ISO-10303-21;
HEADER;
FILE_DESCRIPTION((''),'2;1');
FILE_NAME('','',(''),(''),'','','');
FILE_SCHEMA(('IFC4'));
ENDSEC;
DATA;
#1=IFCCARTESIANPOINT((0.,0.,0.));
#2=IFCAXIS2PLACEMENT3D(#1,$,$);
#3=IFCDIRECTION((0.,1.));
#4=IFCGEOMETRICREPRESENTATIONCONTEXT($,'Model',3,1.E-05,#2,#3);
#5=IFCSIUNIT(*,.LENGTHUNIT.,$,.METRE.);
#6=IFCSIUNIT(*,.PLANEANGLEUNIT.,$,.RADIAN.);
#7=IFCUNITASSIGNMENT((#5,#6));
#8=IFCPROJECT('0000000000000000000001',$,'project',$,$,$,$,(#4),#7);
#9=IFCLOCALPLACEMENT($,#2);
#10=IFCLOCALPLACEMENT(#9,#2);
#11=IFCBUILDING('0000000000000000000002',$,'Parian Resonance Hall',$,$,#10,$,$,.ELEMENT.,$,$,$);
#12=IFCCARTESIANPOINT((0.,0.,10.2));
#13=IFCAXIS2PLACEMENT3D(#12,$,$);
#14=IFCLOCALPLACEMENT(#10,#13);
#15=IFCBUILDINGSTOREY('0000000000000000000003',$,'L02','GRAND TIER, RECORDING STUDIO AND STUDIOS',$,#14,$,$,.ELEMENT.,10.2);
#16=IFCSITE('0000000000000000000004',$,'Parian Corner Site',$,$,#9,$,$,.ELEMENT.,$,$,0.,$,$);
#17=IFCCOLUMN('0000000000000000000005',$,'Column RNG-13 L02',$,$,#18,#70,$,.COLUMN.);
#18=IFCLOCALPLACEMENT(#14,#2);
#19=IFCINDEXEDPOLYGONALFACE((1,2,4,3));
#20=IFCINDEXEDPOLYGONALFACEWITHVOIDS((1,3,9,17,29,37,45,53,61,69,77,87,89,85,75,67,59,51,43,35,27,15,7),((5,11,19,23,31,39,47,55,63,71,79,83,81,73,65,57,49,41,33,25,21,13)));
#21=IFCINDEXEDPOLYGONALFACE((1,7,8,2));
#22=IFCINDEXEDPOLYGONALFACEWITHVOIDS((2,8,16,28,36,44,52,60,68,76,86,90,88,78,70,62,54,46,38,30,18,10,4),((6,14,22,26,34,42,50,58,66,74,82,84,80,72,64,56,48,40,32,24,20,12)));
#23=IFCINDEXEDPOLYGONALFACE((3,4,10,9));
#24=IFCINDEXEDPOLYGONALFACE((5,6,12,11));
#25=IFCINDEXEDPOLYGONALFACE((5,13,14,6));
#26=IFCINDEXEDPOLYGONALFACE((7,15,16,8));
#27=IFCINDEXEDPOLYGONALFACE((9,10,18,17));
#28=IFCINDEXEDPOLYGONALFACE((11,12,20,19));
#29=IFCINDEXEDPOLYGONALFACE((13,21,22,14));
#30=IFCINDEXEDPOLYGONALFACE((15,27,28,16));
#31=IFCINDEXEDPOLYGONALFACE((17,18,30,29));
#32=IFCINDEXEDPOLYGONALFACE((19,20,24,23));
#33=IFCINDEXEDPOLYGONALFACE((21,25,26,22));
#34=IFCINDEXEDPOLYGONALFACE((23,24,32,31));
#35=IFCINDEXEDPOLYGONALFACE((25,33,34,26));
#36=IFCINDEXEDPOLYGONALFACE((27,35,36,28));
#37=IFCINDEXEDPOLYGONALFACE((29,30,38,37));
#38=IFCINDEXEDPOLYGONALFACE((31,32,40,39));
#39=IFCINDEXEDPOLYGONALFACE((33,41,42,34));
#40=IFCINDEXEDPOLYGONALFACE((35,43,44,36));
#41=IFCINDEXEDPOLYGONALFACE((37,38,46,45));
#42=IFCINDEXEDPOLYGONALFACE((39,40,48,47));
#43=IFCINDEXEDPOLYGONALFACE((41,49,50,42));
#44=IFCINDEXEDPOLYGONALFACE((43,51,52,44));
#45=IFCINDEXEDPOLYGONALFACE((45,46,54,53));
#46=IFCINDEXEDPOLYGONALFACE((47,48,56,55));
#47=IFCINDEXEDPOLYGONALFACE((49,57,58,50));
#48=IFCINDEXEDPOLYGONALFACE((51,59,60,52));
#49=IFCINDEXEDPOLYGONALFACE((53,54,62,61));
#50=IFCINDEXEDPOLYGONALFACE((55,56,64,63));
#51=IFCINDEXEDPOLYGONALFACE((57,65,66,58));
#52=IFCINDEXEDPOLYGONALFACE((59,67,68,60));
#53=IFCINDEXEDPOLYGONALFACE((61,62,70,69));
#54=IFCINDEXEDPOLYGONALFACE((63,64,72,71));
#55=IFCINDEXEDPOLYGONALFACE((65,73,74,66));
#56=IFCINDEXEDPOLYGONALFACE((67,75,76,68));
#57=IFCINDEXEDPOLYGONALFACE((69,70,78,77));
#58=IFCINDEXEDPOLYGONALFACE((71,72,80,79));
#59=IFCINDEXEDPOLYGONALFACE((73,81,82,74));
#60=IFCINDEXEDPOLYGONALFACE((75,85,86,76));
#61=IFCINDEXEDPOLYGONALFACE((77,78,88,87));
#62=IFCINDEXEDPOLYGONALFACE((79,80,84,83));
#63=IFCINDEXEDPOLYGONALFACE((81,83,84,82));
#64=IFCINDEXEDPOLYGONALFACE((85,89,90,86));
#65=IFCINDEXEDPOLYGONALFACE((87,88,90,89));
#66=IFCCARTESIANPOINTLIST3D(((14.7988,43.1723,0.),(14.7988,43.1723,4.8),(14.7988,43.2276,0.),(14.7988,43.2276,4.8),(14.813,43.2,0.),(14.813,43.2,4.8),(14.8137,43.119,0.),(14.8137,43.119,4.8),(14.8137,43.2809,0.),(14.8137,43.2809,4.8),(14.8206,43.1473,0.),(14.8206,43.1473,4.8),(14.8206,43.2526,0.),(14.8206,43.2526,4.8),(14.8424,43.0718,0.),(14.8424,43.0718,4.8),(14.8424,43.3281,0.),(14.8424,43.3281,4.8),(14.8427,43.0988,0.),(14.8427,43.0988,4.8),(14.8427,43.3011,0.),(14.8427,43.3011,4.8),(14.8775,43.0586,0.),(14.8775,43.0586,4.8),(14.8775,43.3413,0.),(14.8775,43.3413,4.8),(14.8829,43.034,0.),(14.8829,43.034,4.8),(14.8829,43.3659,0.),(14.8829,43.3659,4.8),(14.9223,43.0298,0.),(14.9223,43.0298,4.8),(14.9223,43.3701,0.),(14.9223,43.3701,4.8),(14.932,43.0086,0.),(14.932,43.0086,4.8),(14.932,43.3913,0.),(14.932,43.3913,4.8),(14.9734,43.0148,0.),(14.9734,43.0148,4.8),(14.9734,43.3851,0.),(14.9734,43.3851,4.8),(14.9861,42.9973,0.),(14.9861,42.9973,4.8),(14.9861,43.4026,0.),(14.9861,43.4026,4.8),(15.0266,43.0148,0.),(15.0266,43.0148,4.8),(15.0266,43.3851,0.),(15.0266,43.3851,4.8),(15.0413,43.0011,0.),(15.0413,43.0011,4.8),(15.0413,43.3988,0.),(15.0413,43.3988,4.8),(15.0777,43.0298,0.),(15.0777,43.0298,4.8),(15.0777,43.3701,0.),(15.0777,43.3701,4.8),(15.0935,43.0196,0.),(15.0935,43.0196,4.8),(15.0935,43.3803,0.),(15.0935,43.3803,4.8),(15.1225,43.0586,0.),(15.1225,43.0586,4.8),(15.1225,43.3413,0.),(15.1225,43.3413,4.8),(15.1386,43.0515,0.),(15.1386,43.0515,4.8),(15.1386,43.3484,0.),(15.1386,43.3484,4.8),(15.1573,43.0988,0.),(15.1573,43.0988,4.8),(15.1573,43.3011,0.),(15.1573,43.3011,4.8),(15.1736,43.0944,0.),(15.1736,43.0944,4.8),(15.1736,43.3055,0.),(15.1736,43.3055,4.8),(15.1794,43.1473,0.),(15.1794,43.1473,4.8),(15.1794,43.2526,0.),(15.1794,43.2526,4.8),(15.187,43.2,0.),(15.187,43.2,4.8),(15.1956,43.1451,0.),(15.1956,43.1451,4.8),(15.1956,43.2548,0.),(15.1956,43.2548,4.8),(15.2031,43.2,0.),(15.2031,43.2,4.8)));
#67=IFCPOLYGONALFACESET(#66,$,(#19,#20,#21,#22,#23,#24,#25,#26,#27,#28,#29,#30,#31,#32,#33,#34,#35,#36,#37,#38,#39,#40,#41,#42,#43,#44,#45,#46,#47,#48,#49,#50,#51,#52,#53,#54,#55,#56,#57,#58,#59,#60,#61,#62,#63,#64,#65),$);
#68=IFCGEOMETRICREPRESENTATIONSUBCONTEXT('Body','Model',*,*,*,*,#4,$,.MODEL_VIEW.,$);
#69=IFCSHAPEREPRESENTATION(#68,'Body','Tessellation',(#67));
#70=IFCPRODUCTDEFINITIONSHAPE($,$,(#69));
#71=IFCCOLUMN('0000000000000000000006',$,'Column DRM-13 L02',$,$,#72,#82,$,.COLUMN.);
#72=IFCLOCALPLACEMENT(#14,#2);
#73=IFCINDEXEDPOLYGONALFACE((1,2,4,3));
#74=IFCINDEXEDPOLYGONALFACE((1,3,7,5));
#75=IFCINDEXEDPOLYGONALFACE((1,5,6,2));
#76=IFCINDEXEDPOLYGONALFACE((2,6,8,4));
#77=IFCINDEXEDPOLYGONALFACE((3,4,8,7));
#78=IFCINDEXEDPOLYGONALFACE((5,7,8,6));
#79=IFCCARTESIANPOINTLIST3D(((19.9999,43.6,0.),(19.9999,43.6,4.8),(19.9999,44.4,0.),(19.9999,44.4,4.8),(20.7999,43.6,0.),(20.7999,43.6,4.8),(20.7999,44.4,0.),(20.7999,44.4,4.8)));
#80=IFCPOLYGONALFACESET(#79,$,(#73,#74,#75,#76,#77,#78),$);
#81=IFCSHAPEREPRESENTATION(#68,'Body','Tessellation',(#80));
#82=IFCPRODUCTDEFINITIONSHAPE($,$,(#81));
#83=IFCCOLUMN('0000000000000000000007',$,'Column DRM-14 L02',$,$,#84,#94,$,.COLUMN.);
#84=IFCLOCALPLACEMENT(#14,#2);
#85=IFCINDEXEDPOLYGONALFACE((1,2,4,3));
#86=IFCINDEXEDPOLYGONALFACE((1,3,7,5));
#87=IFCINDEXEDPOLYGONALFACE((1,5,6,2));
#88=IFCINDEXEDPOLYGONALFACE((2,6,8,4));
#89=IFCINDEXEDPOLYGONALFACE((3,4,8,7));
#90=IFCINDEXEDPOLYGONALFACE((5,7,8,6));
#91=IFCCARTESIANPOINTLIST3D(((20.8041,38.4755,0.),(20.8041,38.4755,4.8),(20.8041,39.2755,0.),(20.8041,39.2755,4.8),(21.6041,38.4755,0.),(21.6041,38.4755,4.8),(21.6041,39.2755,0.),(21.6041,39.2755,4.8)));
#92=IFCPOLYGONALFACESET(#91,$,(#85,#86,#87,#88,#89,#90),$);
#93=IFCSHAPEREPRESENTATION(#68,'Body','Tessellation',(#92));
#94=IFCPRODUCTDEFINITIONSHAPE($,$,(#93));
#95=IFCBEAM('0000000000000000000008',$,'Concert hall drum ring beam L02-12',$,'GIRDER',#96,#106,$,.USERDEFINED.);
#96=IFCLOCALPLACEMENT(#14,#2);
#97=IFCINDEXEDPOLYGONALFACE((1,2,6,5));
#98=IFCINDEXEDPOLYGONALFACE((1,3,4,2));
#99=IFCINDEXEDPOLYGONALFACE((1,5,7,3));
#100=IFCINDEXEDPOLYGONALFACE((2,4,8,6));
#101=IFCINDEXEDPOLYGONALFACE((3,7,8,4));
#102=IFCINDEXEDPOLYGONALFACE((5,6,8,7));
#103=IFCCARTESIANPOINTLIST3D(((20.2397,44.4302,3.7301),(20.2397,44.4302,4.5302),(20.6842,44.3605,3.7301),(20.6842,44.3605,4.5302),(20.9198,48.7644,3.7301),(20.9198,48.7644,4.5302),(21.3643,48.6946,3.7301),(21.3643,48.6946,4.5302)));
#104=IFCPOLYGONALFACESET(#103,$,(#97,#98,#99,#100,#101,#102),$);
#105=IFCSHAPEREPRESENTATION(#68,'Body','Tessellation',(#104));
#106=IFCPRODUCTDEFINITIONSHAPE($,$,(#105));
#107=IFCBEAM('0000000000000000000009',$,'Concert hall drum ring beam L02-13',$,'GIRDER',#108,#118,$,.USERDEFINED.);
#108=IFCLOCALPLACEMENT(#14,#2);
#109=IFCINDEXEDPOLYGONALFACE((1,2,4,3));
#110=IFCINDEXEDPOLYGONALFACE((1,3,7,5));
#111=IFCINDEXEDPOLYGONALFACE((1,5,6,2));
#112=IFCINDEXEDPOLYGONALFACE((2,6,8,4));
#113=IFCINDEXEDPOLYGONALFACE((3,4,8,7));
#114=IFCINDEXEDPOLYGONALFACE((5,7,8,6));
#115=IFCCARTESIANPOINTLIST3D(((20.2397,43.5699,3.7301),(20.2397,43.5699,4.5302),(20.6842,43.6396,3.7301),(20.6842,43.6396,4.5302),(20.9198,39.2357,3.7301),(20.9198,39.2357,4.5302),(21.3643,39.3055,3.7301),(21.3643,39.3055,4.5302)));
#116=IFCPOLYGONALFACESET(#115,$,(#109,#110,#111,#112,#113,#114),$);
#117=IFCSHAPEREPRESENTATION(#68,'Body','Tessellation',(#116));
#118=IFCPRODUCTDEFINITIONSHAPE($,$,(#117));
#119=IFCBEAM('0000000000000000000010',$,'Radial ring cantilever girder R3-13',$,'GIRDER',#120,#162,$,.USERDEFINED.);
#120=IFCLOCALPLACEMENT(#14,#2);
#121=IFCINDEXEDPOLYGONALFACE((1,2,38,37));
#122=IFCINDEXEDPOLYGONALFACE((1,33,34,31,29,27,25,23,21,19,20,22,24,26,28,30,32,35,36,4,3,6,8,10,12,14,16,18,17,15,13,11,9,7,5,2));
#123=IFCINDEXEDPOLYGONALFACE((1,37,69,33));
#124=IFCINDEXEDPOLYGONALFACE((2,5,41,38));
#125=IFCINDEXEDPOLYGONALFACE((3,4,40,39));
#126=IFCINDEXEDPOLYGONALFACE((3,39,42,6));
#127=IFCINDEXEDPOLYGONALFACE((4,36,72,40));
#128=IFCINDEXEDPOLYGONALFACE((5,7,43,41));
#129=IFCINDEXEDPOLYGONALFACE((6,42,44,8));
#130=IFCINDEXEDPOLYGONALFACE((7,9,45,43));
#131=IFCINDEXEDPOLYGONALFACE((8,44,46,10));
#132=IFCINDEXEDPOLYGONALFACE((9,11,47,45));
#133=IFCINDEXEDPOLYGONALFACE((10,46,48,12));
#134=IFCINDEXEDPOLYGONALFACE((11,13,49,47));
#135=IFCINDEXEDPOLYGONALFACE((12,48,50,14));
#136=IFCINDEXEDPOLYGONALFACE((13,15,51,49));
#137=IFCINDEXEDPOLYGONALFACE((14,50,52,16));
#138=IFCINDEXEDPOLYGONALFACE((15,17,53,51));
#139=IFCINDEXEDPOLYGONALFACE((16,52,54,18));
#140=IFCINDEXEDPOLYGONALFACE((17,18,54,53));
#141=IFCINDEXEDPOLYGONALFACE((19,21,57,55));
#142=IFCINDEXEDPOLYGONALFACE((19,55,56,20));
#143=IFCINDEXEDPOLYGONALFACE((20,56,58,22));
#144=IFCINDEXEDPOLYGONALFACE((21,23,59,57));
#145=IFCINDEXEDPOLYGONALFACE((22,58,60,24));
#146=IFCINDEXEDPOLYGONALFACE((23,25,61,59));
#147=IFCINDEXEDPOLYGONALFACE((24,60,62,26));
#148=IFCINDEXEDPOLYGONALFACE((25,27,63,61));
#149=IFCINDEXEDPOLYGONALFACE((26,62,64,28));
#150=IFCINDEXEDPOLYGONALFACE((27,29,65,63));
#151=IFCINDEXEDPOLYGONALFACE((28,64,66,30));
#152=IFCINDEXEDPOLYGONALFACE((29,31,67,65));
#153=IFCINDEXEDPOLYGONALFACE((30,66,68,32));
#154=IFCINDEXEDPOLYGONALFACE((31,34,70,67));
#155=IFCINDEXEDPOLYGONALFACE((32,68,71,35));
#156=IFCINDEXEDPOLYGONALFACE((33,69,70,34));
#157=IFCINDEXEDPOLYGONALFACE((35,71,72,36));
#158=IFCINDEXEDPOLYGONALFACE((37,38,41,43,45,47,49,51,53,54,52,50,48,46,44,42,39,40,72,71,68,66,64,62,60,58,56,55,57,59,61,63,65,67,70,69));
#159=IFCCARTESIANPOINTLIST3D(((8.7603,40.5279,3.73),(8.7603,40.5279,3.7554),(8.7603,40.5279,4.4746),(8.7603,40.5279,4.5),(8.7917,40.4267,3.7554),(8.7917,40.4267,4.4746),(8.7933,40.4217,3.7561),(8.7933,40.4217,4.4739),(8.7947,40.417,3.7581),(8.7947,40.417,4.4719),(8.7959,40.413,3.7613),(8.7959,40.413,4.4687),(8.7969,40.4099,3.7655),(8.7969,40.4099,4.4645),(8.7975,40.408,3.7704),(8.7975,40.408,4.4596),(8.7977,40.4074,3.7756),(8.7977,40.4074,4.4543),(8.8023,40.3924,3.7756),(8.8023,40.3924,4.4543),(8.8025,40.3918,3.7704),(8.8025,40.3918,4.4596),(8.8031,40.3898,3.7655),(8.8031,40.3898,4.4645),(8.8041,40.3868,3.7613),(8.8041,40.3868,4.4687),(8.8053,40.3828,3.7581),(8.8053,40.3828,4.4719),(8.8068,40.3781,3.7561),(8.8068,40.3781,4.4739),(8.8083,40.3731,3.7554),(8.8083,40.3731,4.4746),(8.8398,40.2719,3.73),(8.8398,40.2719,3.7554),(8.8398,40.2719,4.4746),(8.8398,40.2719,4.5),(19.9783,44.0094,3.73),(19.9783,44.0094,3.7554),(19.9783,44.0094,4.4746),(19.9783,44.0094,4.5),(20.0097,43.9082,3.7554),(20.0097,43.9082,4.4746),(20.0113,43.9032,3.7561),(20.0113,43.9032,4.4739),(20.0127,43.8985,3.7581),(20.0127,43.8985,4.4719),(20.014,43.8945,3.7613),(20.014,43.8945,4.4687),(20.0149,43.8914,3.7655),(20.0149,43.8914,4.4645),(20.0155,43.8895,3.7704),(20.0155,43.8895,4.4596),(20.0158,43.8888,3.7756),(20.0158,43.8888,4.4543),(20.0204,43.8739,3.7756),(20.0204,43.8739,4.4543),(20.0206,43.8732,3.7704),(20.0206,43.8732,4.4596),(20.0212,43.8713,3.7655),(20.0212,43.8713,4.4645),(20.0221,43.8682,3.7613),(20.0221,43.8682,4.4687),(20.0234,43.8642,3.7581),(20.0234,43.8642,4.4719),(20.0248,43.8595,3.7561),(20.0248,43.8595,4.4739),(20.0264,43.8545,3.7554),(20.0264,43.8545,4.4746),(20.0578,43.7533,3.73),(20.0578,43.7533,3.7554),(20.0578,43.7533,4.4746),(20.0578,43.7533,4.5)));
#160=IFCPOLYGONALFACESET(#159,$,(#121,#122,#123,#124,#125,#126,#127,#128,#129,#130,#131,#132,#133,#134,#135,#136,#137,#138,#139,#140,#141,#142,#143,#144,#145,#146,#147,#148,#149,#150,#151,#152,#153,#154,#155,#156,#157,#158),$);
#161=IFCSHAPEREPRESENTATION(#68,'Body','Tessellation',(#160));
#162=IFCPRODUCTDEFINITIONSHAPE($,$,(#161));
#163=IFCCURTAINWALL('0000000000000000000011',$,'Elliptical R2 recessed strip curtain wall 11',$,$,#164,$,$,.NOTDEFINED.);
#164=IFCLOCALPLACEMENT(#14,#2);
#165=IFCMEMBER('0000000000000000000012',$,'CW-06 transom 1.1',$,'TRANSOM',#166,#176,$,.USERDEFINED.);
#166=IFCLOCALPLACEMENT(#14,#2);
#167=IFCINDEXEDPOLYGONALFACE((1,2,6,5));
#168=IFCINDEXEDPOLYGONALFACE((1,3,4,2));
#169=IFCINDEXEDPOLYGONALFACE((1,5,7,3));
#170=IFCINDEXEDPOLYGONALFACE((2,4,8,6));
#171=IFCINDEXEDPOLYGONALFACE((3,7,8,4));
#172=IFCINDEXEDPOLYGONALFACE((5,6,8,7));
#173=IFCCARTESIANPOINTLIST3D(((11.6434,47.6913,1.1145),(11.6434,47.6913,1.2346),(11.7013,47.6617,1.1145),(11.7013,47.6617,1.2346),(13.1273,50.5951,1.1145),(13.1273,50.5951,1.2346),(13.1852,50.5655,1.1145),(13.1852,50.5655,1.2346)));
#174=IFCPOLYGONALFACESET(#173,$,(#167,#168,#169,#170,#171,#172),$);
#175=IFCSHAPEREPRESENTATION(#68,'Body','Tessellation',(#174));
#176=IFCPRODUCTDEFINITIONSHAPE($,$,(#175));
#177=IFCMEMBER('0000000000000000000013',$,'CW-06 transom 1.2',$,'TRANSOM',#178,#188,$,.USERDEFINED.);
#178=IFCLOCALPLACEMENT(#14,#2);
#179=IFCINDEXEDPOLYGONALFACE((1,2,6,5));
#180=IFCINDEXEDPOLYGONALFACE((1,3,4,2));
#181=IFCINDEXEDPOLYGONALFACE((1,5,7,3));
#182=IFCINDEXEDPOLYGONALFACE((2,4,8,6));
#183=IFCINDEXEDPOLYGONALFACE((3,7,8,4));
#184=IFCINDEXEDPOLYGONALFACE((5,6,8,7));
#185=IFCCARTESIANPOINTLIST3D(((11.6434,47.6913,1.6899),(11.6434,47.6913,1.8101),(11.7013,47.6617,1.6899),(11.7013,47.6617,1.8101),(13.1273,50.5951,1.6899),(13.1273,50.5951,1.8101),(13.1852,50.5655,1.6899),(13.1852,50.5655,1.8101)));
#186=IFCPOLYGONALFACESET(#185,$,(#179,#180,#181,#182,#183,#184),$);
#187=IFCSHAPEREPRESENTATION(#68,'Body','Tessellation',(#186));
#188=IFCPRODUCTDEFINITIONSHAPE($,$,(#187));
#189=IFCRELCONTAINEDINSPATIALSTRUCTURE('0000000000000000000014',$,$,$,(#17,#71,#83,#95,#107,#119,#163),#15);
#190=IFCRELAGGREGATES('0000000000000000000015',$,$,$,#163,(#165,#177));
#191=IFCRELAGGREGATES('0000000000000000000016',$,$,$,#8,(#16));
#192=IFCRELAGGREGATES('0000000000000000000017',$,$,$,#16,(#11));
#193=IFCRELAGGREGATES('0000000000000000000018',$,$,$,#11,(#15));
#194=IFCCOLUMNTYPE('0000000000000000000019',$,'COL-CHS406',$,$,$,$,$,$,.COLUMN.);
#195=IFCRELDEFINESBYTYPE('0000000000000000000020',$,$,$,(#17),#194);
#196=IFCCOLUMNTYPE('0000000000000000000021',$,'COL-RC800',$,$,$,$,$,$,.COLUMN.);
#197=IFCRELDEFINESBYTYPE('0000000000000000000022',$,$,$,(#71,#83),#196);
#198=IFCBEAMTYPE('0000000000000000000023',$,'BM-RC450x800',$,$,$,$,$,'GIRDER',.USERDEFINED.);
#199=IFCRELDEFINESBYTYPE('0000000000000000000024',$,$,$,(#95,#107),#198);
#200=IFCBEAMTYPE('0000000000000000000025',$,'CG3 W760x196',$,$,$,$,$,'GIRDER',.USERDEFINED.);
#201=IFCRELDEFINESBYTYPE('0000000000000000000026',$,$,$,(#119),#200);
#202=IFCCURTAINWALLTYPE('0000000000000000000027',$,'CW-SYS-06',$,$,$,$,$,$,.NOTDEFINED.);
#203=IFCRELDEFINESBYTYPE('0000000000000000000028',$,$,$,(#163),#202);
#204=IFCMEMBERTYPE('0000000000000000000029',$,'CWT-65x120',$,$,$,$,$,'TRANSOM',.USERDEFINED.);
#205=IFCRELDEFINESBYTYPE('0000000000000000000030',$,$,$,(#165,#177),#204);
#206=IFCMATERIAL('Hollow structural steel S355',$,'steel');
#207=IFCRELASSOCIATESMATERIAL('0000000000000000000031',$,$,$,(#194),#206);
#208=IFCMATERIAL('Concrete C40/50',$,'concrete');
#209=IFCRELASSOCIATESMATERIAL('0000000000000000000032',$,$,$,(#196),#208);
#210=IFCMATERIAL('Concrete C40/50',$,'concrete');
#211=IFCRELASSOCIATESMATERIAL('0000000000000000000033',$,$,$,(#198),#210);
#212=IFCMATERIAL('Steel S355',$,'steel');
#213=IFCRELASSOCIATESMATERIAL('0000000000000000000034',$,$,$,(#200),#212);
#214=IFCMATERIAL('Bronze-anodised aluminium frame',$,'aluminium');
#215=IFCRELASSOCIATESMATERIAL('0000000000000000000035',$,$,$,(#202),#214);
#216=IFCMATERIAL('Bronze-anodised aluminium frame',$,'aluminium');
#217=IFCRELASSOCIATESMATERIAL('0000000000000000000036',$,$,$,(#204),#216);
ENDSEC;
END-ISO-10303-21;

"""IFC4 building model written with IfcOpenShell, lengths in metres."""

from ifc_helpers import new_model, si_unit, direction, frame, origin, origin_2d, place, context, subcontext, project, spatial, rectangle, hollow_circle, i_section, extrude, material, material_profile, profile_set, type_object, element, aggregate, save


model = new_model("IFC4")

# Units and contexts
model_context = context("Model", 3, precision=1e-05, world=origin(), true_north=direction((0.0, 1.0)))
body_context = subcontext(model_context, "Body", "Model", "MODEL_VIEW")
ifc_project = project(units=[si_unit("LENGTHUNIT", "METRE"), si_unit("PLANEANGLEUNIT", "RADIAN")], contexts=[model_context])

# Site, building, storey
site_placement = place(None, origin())
site = spatial("IfcSite", under=ifc_project, at=site_placement, Name="Parian Corner Site", CompositionType="ELEMENT", RefElevation=0.0)
building_placement = place(site_placement, origin())
building = spatial("IfcBuilding", under=site, at=building_placement, Name="Parian Resonance Hall", CompositionType="ELEMENT")
storey_placement = place(building_placement, frame((0.0, 0.0, 10.2)))
storey = spatial("IfcBuildingStorey", under=building, at=storey_placement, Name="L02", Description="GRAND TIER, RECORDING STUDIO AND STUDIOS", CompositionType="ELEMENT", Elevation=10.2)

# Columns
ifc_material_1 = material(Name="Hollow structural steel S355", Category="steel")
ifc_material_profile_1 = material_profile(ifc_material_1, hollow_circle(Radius=0.2031, WallThickness=0.0161, at=origin_2d()), Name="CHS406.4x16")
ifc_profile_set_1 = profile_set([ifc_material_profile_1], Name="Hollow structural steel S355")
column_type_1 = type_object("IfcColumnType", Name="COL-CHS406", PredefinedType="COLUMN", material=ifc_profile_set_1)
column_placement = place(storey_placement, frame((15.0, 43.2, 0.0), z_axis=(0.0, 0.0, 1.0), x_axis=(1.0, 0.0, 0.0)))
element("IfcColumn", 1, at=column_placement, inside=storey, type_object=column_type_1, Name="Column RNG-13 L02", PredefinedType="COLUMN", context=body_context, shape_type="SweptSolid", body=[
    extrude(hollow_circle(Radius=0.2031, WallThickness=0.0161, at=origin_2d()), origin(), (0.0, 0.0, 1.0), 4.8),
])
ifc_material_2 = material(Name="Concrete C40/50", Category="concrete")
ifc_material_profile_2 = material_profile(ifc_material_2, rectangle(XDim=0.8, YDim=0.8, at=origin_2d()), Name="RC-COL-800x800")
ifc_profile_set_2 = profile_set([ifc_material_profile_2], Name="Concrete C40/50")
column_type_2 = type_object("IfcColumnType", Name="COL-RC800", PredefinedType="COLUMN", material=ifc_profile_set_2)
for number, where, z_axis, x_axis, name in (
    (2, (20.3999, 44.0, 0.0), (0.0, 0.0, 1.0), (1.0, 0.0, 0.0), "Column DRM-13 L02"),
    (3, (21.2041, 38.8755, 0.0), (0.0, 0.0, 1.0), (1.0, 0.0, 0.0), "Column DRM-14 L02"),
):
    element("IfcColumn", number, at=place(storey_placement, frame(where, z_axis=z_axis, x_axis=x_axis)), inside=storey, type_object=column_type_2, Name=name, PredefinedType="COLUMN", context=body_context, shape_type="SweptSolid", body=[
        extrude(rectangle(XDim=0.8, YDim=0.8, at=origin_2d()), origin(), (0.0, 0.0, 1.0), 4.8),
    ])

# Beams
ifc_material_3 = material(Name="Concrete C40/50", Category="concrete")
ifc_material_profile_3 = material_profile(ifc_material_3, rectangle(XDim=0.45, YDim=0.8, at=origin_2d()), Name="RC-BM-450x800")
ifc_profile_set_3 = profile_set([ifc_material_profile_3], Name="Concrete C40/50")
beam_type_1 = type_object("IfcBeamType", Name="BM-RC450x800", ElementType="GIRDER", PredefinedType="USERDEFINED", material=ifc_profile_set_3)
for number, where, z_axis, x_axis, name in (
    (4, (21.1421, 48.7295, 4.1301), (-0.155034, -0.987909, 0.0), (0.987909, -0.155034, 0.0), "Concert hall drum ring beam L02-12"),
    (5, (20.4619, 43.6047, 4.1301), (0.155034, -0.987909, 0.0), (0.987909, 0.155034, 0.0), "Concert hall drum ring beam L02-13"),
):
    element("IfcBeam", number, at=place(storey_placement, frame(where, z_axis=z_axis, x_axis=x_axis)), inside=storey, type_object=beam_type_1, Name=name, ObjectType="GIRDER", PredefinedType="USERDEFINED", context=body_context, shape_type="SweptSolid", body=[
        extrude(rectangle(XDim=0.45, YDim=0.8, at=origin_2d()), origin(), (0.0, 0.0, 1.0), 4.3872),
    ])
ifc_material_4 = material(Name="Steel S355", Category="steel")
ifc_material_profile_4 = material_profile(ifc_material_4, i_section(OverallWidth=0.2681, OverallDepth=0.77, WebThickness=0.0156, FlangeThickness=0.0254, FilletRadius=0.0203, at=origin_2d()), Name="W760x196")
ifc_profile_set_4 = profile_set([ifc_material_profile_4], Name="Steel S355")
beam_type_2 = type_object("IfcBeamType", Name="CG3 W760x196", ElementType="GIRDER", PredefinedType="USERDEFINED", material=ifc_profile_set_4)
beam_placement = place(storey_placement, frame((20.0181, 43.8813, 4.115), z_axis=(-0.955064, -0.296399, 0.0), x_axis=(0.296399, -0.955064, 0.0)))
element("IfcBeam", 6, at=beam_placement, inside=storey, type_object=beam_type_2, Name="Radial ring cantilever girder R3-13", ObjectType="GIRDER", PredefinedType="USERDEFINED", context=body_context, shape_type="SweptSolid", body=[
    extrude(i_section(OverallWidth=0.2681, OverallDepth=0.77, WebThickness=0.0156, FlangeThickness=0.0254, FilletRadius=0.0203, at=origin_2d()), origin(), (0.0, 0.0, 1.0), 11.7458),
])

# Curtain wall, members
ifc_material_5 = material(Name="Bronze-anodised aluminium frame", Category="aluminium")
curtain_wall_type = type_object("IfcCurtainWallType", Name="CW-SYS-06", PredefinedType="NOTDEFINED", material=ifc_material_5)
curtain_wall_placement = place(storey_placement, origin())
curtain_wall = element("IfcCurtainWall", 7, at=curtain_wall_placement, inside=storey, type_object=curtain_wall_type, Name="Elliptical R2 recessed strip curtain wall 11", PredefinedType="NOTDEFINED")
ifc_material_6 = material(Name="Bronze-anodised aluminium frame", Category="aluminium")
ifc_material_profile_5 = material_profile(ifc_material_6, rectangle(XDim=0.0649, YDim=0.1201, at=origin_2d()), Name="CWT-65x120")
ifc_profile_set_5 = profile_set([ifc_material_profile_5], Name="Bronze-anodised aluminium frame")
member_type_1 = type_object("IfcMemberType", Name="CWT-65x120", ElementType="TRANSOM", PredefinedType="USERDEFINED", material=ifc_profile_set_5)
member_1_placement = place(storey_placement, frame((11.6724, 47.6765, 1.1746), z_axis=(0.455042, 0.89047, 0.0), x_axis=(-0.89047, 0.455042, 0.0)))
member_1 = element("IfcMember", 8, at=member_1_placement, type_object=member_type_1, Name="CW-06 transom 1.1", ObjectType="TRANSOM", PredefinedType="USERDEFINED", context=body_context, shape_type="SweptSolid", body=[
    extrude(rectangle(XDim=0.0649, YDim=0.1201, at=origin_2d()), origin(), (0.0, 0.0, 1.0), 3.261),
])
member_2_placement = place(storey_placement, frame((11.6724, 47.6765, 1.75), z_axis=(0.455042, 0.89047, 0.0), x_axis=(-0.89047, 0.455042, 0.0)))
member_2 = element("IfcMember", 9, at=member_2_placement, type_object=member_type_1, Name="CW-06 transom 1.2", ObjectType="TRANSOM", PredefinedType="USERDEFINED", context=body_context, shape_type="SweptSolid", body=[
    extrude(rectangle(XDim=0.0649, YDim=0.1201, at=origin_2d()), origin(), (0.0, 0.0, 1.0), 3.261),
])
aggregate(curtain_wall, [member_1, member_2])

save(model, "model.ifc")
